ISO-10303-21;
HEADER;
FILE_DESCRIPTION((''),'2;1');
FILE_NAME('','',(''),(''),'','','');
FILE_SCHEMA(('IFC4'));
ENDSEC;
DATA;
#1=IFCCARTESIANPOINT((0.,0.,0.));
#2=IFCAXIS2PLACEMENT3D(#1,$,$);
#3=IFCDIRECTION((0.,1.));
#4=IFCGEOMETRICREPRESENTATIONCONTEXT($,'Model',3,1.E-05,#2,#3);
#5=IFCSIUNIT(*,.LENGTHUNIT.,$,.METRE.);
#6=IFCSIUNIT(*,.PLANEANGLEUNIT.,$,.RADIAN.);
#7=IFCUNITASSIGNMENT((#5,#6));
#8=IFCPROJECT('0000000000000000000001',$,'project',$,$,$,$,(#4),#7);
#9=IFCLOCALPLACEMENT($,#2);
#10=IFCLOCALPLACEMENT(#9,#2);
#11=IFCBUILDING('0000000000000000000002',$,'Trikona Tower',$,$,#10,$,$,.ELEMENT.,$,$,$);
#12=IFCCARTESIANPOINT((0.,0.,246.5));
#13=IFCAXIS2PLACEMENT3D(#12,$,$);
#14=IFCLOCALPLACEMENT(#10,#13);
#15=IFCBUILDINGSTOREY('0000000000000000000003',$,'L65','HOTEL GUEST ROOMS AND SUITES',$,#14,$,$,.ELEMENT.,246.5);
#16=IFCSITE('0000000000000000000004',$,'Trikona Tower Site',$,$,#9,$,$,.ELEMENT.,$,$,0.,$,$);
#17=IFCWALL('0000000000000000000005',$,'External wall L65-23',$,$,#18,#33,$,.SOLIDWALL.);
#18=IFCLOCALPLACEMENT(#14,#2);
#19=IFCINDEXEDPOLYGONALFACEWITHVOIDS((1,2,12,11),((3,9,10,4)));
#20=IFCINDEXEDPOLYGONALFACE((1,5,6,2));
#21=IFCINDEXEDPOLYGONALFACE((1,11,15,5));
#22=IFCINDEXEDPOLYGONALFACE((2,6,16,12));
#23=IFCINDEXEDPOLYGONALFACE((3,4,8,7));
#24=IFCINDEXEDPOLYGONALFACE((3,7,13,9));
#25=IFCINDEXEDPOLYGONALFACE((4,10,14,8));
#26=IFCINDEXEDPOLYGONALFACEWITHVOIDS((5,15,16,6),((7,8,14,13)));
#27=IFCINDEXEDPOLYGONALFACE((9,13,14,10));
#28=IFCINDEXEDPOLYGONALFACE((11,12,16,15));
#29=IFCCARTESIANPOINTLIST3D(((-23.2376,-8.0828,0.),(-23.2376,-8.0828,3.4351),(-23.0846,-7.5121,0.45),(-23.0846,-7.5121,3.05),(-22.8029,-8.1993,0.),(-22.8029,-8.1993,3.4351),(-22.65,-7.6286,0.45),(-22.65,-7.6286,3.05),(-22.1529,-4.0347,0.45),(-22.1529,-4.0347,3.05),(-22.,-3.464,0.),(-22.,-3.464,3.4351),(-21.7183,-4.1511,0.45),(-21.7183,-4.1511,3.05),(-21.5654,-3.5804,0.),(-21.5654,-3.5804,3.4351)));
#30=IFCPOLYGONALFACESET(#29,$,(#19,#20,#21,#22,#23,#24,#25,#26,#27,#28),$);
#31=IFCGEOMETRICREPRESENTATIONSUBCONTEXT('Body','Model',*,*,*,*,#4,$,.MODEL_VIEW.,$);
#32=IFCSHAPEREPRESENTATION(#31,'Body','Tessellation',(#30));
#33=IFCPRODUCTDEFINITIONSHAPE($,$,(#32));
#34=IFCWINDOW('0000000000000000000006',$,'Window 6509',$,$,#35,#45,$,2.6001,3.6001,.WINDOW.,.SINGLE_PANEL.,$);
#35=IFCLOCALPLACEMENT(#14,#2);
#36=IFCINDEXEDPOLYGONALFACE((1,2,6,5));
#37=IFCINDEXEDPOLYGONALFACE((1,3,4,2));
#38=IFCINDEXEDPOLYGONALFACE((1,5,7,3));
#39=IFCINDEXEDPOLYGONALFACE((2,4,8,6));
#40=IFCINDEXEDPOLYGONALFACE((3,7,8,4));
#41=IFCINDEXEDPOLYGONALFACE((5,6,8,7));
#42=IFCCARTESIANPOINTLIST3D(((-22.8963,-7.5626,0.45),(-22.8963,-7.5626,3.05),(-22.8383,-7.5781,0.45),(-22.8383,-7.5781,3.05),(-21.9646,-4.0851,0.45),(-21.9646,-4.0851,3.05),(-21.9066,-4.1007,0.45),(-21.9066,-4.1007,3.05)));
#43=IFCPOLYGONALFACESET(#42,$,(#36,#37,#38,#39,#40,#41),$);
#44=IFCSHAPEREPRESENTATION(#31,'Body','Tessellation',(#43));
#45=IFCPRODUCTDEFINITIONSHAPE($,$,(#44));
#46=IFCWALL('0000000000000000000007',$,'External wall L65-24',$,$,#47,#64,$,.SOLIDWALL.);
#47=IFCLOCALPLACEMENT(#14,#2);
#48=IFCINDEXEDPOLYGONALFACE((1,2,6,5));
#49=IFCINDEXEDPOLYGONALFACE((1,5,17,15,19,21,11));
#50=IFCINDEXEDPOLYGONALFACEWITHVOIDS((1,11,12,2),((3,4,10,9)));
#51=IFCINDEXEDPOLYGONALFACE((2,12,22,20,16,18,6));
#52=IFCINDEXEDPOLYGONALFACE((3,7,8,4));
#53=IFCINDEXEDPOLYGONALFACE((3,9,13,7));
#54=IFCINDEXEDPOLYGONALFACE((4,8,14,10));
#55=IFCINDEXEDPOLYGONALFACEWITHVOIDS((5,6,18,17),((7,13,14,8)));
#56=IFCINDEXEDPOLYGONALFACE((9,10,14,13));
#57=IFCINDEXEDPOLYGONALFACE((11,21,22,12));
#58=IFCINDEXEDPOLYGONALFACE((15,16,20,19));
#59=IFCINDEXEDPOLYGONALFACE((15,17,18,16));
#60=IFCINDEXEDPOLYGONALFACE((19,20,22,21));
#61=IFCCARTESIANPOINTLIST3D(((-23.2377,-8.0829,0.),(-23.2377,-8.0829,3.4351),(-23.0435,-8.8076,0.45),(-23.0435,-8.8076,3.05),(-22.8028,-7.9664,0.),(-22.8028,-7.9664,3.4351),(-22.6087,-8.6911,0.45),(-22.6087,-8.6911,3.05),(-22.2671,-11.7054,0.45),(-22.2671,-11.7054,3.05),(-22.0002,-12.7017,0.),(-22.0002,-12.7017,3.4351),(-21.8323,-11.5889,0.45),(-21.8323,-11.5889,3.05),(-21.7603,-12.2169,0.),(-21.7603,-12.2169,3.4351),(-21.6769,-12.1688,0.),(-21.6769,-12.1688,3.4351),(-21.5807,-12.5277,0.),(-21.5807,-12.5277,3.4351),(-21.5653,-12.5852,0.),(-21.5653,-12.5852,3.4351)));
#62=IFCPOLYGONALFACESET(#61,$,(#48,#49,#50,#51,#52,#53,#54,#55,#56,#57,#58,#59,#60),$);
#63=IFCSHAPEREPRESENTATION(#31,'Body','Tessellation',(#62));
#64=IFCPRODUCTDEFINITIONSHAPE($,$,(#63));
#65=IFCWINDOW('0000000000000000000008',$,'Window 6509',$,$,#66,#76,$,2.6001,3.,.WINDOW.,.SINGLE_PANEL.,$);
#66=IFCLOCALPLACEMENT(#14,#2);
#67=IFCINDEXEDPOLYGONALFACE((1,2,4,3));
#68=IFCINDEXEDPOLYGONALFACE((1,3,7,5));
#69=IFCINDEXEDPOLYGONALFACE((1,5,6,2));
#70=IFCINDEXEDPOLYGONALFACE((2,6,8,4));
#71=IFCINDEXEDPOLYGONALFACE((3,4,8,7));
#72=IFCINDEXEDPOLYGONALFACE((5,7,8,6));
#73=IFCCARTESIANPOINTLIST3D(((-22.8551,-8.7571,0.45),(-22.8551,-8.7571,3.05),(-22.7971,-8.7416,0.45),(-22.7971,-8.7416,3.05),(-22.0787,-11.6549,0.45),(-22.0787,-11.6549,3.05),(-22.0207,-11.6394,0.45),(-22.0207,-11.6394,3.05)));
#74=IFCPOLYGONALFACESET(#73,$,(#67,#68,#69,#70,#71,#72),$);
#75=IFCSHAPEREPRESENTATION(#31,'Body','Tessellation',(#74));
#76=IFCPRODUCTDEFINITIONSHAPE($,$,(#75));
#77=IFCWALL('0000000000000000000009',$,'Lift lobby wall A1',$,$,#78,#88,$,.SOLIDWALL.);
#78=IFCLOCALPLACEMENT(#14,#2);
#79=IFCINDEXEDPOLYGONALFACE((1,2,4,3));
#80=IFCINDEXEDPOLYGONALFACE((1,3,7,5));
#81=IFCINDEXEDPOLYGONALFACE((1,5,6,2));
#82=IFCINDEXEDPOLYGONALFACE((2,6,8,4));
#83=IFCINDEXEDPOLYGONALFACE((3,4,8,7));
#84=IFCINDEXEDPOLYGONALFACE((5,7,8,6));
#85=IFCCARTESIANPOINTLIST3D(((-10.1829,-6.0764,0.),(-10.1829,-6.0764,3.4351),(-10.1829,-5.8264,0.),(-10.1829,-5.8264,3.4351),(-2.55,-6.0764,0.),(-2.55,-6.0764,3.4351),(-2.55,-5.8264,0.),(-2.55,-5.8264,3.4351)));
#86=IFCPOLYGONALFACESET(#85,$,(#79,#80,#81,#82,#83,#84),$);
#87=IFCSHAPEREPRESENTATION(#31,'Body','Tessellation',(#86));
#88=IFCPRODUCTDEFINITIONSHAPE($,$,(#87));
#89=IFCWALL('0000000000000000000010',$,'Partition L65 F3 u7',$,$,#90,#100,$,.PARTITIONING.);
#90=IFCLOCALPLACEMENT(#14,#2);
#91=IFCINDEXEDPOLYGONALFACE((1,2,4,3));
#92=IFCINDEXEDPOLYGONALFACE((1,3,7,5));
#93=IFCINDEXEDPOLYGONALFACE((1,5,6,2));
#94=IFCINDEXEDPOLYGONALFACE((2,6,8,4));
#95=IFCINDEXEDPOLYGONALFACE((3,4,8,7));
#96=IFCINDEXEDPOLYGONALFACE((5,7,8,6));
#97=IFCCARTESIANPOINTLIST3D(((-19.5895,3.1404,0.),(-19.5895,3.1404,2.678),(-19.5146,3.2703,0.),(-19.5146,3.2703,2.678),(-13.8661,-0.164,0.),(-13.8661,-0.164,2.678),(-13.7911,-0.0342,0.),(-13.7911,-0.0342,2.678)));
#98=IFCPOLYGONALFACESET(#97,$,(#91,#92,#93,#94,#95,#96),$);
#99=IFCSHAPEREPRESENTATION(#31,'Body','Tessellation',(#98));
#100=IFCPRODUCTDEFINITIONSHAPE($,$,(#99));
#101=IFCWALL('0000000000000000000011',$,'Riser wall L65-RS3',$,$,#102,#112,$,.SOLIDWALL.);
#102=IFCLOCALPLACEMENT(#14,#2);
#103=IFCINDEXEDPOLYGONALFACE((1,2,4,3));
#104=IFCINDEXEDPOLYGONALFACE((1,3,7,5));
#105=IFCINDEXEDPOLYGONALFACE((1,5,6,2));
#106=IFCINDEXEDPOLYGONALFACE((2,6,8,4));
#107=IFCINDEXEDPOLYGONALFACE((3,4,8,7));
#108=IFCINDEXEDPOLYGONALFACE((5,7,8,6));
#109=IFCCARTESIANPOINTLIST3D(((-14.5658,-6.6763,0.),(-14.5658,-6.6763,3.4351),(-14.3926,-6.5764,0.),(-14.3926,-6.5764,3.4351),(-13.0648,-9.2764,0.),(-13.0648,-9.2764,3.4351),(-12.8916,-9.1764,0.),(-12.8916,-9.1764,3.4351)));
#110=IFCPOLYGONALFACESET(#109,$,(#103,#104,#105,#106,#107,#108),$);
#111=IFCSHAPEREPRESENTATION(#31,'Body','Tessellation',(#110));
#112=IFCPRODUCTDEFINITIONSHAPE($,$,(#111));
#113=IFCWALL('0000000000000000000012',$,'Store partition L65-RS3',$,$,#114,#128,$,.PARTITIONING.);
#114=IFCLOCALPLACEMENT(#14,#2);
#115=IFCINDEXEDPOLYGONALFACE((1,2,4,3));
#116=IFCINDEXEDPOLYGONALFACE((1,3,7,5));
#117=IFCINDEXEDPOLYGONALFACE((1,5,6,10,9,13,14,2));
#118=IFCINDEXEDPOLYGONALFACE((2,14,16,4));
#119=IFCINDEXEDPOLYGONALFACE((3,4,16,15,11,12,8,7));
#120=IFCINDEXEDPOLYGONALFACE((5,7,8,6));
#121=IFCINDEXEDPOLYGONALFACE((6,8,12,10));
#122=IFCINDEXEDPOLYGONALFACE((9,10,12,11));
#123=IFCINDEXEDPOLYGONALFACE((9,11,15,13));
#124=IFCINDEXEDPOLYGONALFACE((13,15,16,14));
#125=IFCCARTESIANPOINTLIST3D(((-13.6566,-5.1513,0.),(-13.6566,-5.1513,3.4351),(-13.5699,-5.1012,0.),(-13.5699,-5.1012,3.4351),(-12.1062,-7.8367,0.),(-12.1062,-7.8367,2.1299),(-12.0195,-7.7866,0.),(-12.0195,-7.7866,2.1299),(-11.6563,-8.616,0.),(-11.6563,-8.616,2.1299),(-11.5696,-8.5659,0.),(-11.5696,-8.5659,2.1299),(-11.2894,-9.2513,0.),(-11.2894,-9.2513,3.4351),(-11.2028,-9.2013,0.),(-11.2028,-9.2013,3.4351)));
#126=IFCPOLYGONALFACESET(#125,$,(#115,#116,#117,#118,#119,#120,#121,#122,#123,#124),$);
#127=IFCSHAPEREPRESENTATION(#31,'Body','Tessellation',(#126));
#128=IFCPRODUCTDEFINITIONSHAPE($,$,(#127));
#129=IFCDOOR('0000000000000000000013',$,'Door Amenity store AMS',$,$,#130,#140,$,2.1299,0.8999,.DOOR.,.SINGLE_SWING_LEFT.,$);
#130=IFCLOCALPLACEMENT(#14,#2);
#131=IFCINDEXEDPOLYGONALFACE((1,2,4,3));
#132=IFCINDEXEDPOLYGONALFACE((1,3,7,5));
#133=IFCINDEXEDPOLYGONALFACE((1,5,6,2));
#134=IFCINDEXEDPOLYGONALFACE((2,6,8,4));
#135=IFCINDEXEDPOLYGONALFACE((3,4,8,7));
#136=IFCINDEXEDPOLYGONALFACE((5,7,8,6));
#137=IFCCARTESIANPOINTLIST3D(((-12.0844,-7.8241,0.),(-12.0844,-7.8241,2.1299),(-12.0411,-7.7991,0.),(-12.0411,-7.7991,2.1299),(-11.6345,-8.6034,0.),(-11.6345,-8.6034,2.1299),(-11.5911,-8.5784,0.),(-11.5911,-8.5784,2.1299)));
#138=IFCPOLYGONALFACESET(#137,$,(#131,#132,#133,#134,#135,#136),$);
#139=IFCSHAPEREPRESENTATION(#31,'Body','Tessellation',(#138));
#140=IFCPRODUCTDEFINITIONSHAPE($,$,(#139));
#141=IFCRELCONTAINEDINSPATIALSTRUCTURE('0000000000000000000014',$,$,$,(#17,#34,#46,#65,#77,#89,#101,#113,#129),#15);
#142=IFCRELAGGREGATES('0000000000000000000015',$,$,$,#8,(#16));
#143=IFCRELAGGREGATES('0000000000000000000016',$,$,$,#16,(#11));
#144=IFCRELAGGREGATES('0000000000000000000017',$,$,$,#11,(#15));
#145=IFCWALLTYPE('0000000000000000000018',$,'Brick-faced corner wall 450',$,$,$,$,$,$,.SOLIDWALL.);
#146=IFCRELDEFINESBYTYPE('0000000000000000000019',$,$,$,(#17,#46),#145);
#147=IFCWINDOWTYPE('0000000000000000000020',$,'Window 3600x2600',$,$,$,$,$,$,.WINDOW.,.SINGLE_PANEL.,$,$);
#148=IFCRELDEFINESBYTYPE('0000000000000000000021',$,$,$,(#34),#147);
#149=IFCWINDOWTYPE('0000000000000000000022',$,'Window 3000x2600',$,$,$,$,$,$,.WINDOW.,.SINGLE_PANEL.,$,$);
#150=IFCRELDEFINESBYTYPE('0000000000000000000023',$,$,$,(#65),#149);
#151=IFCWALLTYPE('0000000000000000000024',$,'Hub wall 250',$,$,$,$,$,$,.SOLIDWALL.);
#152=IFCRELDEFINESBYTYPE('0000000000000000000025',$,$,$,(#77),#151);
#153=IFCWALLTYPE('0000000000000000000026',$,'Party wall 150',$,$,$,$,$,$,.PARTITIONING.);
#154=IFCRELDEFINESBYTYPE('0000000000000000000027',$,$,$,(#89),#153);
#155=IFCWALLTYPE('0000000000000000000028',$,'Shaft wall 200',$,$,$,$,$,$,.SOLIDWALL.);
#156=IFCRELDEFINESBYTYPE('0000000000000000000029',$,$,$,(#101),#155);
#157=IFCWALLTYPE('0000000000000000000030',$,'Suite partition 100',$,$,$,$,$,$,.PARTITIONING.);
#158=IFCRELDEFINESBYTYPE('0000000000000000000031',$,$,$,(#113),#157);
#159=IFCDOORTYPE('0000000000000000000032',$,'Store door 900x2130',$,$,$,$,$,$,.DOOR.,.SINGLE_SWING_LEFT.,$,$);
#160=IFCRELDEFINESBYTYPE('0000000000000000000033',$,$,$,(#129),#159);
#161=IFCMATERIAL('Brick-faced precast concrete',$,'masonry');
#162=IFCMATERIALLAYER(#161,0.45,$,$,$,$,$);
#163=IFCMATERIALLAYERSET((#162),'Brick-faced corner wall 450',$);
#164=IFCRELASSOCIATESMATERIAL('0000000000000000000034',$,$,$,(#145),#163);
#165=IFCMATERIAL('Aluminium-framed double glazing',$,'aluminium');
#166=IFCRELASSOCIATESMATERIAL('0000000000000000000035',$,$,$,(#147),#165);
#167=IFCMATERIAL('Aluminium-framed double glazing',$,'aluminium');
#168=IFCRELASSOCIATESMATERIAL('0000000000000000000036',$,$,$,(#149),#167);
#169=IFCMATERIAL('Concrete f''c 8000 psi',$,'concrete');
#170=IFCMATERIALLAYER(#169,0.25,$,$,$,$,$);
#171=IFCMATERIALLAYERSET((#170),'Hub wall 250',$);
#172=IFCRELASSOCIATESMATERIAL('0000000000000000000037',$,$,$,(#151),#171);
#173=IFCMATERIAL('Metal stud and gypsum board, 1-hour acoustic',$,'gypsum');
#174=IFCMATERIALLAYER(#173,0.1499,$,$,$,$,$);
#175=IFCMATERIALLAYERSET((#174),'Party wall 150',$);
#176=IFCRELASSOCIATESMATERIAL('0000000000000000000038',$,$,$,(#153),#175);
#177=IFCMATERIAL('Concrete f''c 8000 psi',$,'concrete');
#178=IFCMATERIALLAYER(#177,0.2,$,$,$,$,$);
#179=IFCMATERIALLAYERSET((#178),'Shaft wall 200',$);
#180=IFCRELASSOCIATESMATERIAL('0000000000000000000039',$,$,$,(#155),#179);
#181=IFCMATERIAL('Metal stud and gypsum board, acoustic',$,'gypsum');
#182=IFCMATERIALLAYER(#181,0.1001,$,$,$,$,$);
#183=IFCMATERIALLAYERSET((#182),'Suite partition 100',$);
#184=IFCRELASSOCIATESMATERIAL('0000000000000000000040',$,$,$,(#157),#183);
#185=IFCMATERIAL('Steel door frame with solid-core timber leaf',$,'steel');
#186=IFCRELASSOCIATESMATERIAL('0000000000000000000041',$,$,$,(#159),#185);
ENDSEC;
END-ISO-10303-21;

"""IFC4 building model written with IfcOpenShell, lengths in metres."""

from ifc_helpers import new_model, si_unit, direction, frame, frame_2d, origin, place, context, subcontext, project, spatial, polyline, rectangle, outline, extrude, material, layer, layer_set, type_object, element, fill, save


model = new_model("IFC4")

# Units and contexts
model_context = context("Model", 3, precision=1e-05, world=origin(), true_north=direction((0.0, 1.0)))
body_context = subcontext(model_context, "Body", "Model", "MODEL_VIEW")
ifc_project = project(units=[si_unit("LENGTHUNIT", "METRE"), si_unit("PLANEANGLEUNIT", "RADIAN")], contexts=[model_context])

# Site, building, storey
site_placement = place(None, origin())
site = spatial("IfcSite", under=ifc_project, at=site_placement, Name="Trikona Tower Site", CompositionType="ELEMENT", RefElevation=0.0)
building_placement = place(site_placement, origin())
building = spatial("IfcBuilding", under=site, at=building_placement, Name="Trikona Tower", CompositionType="ELEMENT")
storey_placement = place(building_placement, frame((0.0, 0.0, 246.5)))
storey = spatial("IfcBuildingStorey", under=building, at=storey_placement, Name="L65", Description="HOTEL GUEST ROOMS AND SUITES", CompositionType="ELEMENT", Elevation=246.5)

# Walls, openings, windows
ifc_material_1 = material(Name="Brick-faced precast concrete", Category="masonry")
ifc_layer_1 = layer(ifc_material_1, 0.45)
ifc_layer_set_1 = layer_set([ifc_layer_1], Name="Brick-faced corner wall 450")
wall_type_1 = type_object("IfcWallType", Name="Brick-faced corner wall 450", PredefinedType="SOLIDWALL", material=ifc_layer_set_1)
wall_1_placement = place(storey_placement, frame((-21.7827, -3.5222, 0.0), z_axis=(0.0, 0.0, 1.0), x_axis=(-0.258803, -0.96593, 0.0)))
wall_1 = element("IfcWall", 1, at=wall_1_placement, inside=storey, type_object=wall_type_1, Name="External wall L65-23", PredefinedType="SOLIDWALL", context=body_context, shape_type="SweptSolid", body=[
    extrude(rectangle(XDim=4.7817, YDim=0.45, at=frame_2d((2.3909, 0.0))), origin(), (0.0, 0.0, 1.0), 3.4351),
])
opening_1_placement = place(wall_1_placement, frame((0.5908, 0.0, 0.45)))
opening_1 = element("IfcOpeningElement", 2, at=opening_1_placement, cuts=wall_1, PredefinedType="OPENING", context=body_context, shape_type="SweptSolid", body=[
    extrude(rectangle(XDim=3.6001, YDim=2.6001, at=frame_2d((1.8, 1.3))), frame((0.0, 0.2349, 0.0), z_axis=(0.0, -1.0, 0.0), x_axis=(1.0, 0.0, 0.0)), (0.0, 0.0, 1.0), 0.47),
])
ifc_material_2 = material(Name="Aluminium-framed double glazing", Category="aluminium")
window_type_1 = type_object("IfcWindowType", Name="Window 3600x2600", PartitioningType="SINGLE_PANEL", PredefinedType="WINDOW", material=ifc_material_2)
window_1_placement = place(opening_1_placement, origin())
window_1 = element("IfcWindow", 3, at=window_1_placement, inside=storey, type_object=window_type_1, Name="Window 6509", OverallHeight=2.6001, OverallWidth=3.6001, PartitioningType="SINGLE_PANEL", PredefinedType="WINDOW", context=body_context, shape_type="SweptSolid", body=[
    extrude(rectangle(XDim=3.6001, YDim=2.6001, at=frame_2d((1.8, 1.3))), frame((0.0, 0.03, 0.0), z_axis=(0.0, -1.0, 0.0), x_axis=(1.0, 0.0, 0.0)), (0.0, 0.0, 1.0), 0.0601),
])
fill(opening_1, window_1)
wall_2_placement = place(storey_placement, frame((-23.0203, -8.0247, 0.0), z_axis=(0.0, 0.0, 1.0), x_axis=(0.258803, -0.96593, 0.0)))
wall_2 = element("IfcWall", 4, at=wall_2_placement, inside=storey, type_object=wall_type_1, Name="External wall L65-24", PredefinedType="SOLIDWALL", context=body_context, shape_type="SweptSolid", body=[
    extrude(outline(polyline([(4.7817, 0.2251), (4.7222, 0.2251), (4.3755, 0.1321), (4.3506, 0.2251), (0.0, 0.2251), (0.0, -0.2251), (4.7817, -0.2251), (4.7817, 0.2251)])), origin(), (0.0, 0.0, 1.0), 3.4351),
])
opening_2_placement = place(wall_2_placement, frame((0.7502, 0.0, 0.45)))
opening_2 = element("IfcOpeningElement", 5, at=opening_2_placement, cuts=wall_2, PredefinedType="OPENING", context=body_context, shape_type="SweptSolid", body=[
    extrude(rectangle(XDim=3.0, YDim=2.6001, at=frame_2d((1.5, 1.3))), frame((0.0, 0.2349, 0.0), z_axis=(0.0, -1.0, 0.0), x_axis=(1.0, 0.0, 0.0)), (0.0, 0.0, 1.0), 0.47),
])
ifc_material_3 = material(Name="Aluminium-framed double glazing", Category="aluminium")
window_type_2 = type_object("IfcWindowType", Name="Window 3000x2600", PartitioningType="SINGLE_PANEL", PredefinedType="WINDOW", material=ifc_material_3)
window_2_placement = place(opening_2_placement, origin())
window_2 = element("IfcWindow", 6, at=window_2_placement, inside=storey, type_object=window_type_2, Name="Window 6509", OverallHeight=2.6001, OverallWidth=3.0, PartitioningType="SINGLE_PANEL", PredefinedType="WINDOW", context=body_context, shape_type="SweptSolid", body=[
    extrude(rectangle(XDim=3.0, YDim=2.6001, at=frame_2d((1.5, 1.3))), frame((0.0, 0.03, 0.0), z_axis=(0.0, -1.0, 0.0), x_axis=(1.0, 0.0, 0.0)), (0.0, 0.0, 1.0), 0.0601),
])
fill(opening_2, window_2)

# Walls
ifc_material_4 = material(Name="Concrete f'c 8000 psi", Category="concrete")
ifc_layer_2 = layer(ifc_material_4, 0.25)
ifc_layer_set_2 = layer_set([ifc_layer_2], Name="Hub wall 250")
wall_type_2 = type_object("IfcWallType", Name="Hub wall 250", PredefinedType="SOLIDWALL", material=ifc_layer_set_2)
wall_3_placement = place(storey_placement, frame((-10.1829, -5.9514, 0.0), z_axis=(0.0, 0.0, 1.0), x_axis=(1.0, 0.0, 0.0)))
element("IfcWall", 7, at=wall_3_placement, inside=storey, type_object=wall_type_2, Name="Lift lobby wall A1", PredefinedType="SOLIDWALL", context=body_context, shape_type="SweptSolid", body=[
    extrude(rectangle(XDim=7.6328, YDim=0.25, at=frame_2d((3.8164, 0.0))), origin(), (0.0, 0.0, 1.0), 3.4351),
])
ifc_material_5 = material(Name="Metal stud and gypsum board, 1-hour acoustic", Category="gypsum")
ifc_layer_3 = layer(ifc_material_5, 0.1499)
ifc_layer_set_3 = layer_set([ifc_layer_3], Name="Party wall 150")
wall_type_3 = type_object("IfcWallType", Name="Party wall 150", PredefinedType="PARTITIONING", material=ifc_layer_set_3)
wall_4_placement = place(storey_placement, frame((-13.8286, -0.0991, 0.0), z_axis=(0.0, 0.0, 1.0), x_axis=(-0.866023, 0.500005, 0.0)))
element("IfcWall", 8, at=wall_4_placement, inside=storey, type_object=wall_type_3, Name="Partition L65 F3 u7", PredefinedType="PARTITIONING", context=body_context, shape_type="SweptSolid", body=[
    extrude(rectangle(XDim=6.6089, YDim=0.1499, at=frame_2d((3.3044, 0.0))), origin(), (0.0, 0.0, 1.0), 2.678),
])
ifc_material_6 = material(Name="Concrete f'c 8000 psi", Category="concrete")
ifc_layer_4 = layer(ifc_material_6, 0.2)
ifc_layer_set_4 = layer_set([ifc_layer_4], Name="Shaft wall 200")
wall_type_4 = type_object("IfcWallType", Name="Shaft wall 200", PredefinedType="SOLIDWALL", material=ifc_layer_set_4)
wall_5_placement = place(storey_placement, frame((-12.9783, -9.2263, 0.0), z_axis=(0.0, 0.0, 1.0), x_axis=(-0.499952, 0.866053, 0.0)))
element("IfcWall", 9, at=wall_5_placement, inside=storey, type_object=wall_type_4, Name="Riser wall L65-RS3", PredefinedType="SOLIDWALL", context=body_context, shape_type="SweptSolid", body=[
    extrude(rectangle(XDim=3.0022, YDim=0.2, at=frame_2d((1.501, 0.0))), origin(), (0.0, 0.0, 1.0), 3.4351),
])

# Wall, opening, door
ifc_material_7 = material(Name="Metal stud and gypsum board, acoustic", Category="gypsum")
ifc_layer_5 = layer(ifc_material_7, 0.1001)
ifc_layer_set_5 = layer_set([ifc_layer_5], Name="Suite partition 100")
wall_type_5 = type_object("IfcWallType", Name="Suite partition 100", PredefinedType="PARTITIONING", material=ifc_layer_set_5)
wall_6_placement = place(storey_placement, frame((-11.2461, -9.2263, 0.0), z_axis=(0.0, 0.0, 1.0), x_axis=(-0.499999, 0.866026, 0.0)))
wall_6 = element("IfcWall", 10, at=wall_6_placement, inside=storey, type_object=wall_type_5, Name="Store partition L65-RS3", PredefinedType="PARTITIONING", context=body_context, shape_type="SweptSolid", body=[
    extrude(rectangle(XDim=4.7344, YDim=0.1001, at=frame_2d((2.3672, 0.0))), origin(), (0.0, 0.0, 1.0), 3.4351),
])
opening_3_placement = place(wall_6_placement, frame((0.7336, 0.0, 0.0)))
opening_3 = element("IfcOpeningElement", 11, at=opening_3_placement, cuts=wall_6, PredefinedType="OPENING", context=body_context, shape_type="SweptSolid", body=[
    extrude(rectangle(XDim=0.8999, YDim=2.1299, at=frame_2d((0.45, 1.0649))), frame((0.0, 0.0601, 0.0), z_axis=(0.0, -1.0, 0.0), x_axis=(1.0, 0.0, 0.0)), (0.0, 0.0, 1.0), 0.1201),
])
ifc_material_8 = material(Name="Steel door frame with solid-core timber leaf", Category="steel")
door_type_1 = type_object("IfcDoorType", Name="Store door 900x2130", OperationType="SINGLE_SWING_LEFT", PredefinedType="DOOR", material=ifc_material_8)
door_1_placement = place(opening_3_placement, origin())
door_1 = element("IfcDoor", 12, at=door_1_placement, inside=storey, type_object=door_type_1, Name="Door Amenity store AMS", OperationType="SINGLE_SWING_LEFT", OverallHeight=2.1299, OverallWidth=0.8999, PredefinedType="DOOR", context=body_context, shape_type="SweptSolid", body=[
    extrude(rectangle(XDim=0.8999, YDim=2.1299, at=frame_2d((0.45, 1.0649))), frame((0.0, 0.0249, 0.0), z_axis=(0.0, -1.0, 0.0), x_axis=(1.0, 0.0, 0.0)), (0.0, 0.0, 1.0), 0.05),
])
fill(opening_3, door_1)

save(model, "model.ifc")
